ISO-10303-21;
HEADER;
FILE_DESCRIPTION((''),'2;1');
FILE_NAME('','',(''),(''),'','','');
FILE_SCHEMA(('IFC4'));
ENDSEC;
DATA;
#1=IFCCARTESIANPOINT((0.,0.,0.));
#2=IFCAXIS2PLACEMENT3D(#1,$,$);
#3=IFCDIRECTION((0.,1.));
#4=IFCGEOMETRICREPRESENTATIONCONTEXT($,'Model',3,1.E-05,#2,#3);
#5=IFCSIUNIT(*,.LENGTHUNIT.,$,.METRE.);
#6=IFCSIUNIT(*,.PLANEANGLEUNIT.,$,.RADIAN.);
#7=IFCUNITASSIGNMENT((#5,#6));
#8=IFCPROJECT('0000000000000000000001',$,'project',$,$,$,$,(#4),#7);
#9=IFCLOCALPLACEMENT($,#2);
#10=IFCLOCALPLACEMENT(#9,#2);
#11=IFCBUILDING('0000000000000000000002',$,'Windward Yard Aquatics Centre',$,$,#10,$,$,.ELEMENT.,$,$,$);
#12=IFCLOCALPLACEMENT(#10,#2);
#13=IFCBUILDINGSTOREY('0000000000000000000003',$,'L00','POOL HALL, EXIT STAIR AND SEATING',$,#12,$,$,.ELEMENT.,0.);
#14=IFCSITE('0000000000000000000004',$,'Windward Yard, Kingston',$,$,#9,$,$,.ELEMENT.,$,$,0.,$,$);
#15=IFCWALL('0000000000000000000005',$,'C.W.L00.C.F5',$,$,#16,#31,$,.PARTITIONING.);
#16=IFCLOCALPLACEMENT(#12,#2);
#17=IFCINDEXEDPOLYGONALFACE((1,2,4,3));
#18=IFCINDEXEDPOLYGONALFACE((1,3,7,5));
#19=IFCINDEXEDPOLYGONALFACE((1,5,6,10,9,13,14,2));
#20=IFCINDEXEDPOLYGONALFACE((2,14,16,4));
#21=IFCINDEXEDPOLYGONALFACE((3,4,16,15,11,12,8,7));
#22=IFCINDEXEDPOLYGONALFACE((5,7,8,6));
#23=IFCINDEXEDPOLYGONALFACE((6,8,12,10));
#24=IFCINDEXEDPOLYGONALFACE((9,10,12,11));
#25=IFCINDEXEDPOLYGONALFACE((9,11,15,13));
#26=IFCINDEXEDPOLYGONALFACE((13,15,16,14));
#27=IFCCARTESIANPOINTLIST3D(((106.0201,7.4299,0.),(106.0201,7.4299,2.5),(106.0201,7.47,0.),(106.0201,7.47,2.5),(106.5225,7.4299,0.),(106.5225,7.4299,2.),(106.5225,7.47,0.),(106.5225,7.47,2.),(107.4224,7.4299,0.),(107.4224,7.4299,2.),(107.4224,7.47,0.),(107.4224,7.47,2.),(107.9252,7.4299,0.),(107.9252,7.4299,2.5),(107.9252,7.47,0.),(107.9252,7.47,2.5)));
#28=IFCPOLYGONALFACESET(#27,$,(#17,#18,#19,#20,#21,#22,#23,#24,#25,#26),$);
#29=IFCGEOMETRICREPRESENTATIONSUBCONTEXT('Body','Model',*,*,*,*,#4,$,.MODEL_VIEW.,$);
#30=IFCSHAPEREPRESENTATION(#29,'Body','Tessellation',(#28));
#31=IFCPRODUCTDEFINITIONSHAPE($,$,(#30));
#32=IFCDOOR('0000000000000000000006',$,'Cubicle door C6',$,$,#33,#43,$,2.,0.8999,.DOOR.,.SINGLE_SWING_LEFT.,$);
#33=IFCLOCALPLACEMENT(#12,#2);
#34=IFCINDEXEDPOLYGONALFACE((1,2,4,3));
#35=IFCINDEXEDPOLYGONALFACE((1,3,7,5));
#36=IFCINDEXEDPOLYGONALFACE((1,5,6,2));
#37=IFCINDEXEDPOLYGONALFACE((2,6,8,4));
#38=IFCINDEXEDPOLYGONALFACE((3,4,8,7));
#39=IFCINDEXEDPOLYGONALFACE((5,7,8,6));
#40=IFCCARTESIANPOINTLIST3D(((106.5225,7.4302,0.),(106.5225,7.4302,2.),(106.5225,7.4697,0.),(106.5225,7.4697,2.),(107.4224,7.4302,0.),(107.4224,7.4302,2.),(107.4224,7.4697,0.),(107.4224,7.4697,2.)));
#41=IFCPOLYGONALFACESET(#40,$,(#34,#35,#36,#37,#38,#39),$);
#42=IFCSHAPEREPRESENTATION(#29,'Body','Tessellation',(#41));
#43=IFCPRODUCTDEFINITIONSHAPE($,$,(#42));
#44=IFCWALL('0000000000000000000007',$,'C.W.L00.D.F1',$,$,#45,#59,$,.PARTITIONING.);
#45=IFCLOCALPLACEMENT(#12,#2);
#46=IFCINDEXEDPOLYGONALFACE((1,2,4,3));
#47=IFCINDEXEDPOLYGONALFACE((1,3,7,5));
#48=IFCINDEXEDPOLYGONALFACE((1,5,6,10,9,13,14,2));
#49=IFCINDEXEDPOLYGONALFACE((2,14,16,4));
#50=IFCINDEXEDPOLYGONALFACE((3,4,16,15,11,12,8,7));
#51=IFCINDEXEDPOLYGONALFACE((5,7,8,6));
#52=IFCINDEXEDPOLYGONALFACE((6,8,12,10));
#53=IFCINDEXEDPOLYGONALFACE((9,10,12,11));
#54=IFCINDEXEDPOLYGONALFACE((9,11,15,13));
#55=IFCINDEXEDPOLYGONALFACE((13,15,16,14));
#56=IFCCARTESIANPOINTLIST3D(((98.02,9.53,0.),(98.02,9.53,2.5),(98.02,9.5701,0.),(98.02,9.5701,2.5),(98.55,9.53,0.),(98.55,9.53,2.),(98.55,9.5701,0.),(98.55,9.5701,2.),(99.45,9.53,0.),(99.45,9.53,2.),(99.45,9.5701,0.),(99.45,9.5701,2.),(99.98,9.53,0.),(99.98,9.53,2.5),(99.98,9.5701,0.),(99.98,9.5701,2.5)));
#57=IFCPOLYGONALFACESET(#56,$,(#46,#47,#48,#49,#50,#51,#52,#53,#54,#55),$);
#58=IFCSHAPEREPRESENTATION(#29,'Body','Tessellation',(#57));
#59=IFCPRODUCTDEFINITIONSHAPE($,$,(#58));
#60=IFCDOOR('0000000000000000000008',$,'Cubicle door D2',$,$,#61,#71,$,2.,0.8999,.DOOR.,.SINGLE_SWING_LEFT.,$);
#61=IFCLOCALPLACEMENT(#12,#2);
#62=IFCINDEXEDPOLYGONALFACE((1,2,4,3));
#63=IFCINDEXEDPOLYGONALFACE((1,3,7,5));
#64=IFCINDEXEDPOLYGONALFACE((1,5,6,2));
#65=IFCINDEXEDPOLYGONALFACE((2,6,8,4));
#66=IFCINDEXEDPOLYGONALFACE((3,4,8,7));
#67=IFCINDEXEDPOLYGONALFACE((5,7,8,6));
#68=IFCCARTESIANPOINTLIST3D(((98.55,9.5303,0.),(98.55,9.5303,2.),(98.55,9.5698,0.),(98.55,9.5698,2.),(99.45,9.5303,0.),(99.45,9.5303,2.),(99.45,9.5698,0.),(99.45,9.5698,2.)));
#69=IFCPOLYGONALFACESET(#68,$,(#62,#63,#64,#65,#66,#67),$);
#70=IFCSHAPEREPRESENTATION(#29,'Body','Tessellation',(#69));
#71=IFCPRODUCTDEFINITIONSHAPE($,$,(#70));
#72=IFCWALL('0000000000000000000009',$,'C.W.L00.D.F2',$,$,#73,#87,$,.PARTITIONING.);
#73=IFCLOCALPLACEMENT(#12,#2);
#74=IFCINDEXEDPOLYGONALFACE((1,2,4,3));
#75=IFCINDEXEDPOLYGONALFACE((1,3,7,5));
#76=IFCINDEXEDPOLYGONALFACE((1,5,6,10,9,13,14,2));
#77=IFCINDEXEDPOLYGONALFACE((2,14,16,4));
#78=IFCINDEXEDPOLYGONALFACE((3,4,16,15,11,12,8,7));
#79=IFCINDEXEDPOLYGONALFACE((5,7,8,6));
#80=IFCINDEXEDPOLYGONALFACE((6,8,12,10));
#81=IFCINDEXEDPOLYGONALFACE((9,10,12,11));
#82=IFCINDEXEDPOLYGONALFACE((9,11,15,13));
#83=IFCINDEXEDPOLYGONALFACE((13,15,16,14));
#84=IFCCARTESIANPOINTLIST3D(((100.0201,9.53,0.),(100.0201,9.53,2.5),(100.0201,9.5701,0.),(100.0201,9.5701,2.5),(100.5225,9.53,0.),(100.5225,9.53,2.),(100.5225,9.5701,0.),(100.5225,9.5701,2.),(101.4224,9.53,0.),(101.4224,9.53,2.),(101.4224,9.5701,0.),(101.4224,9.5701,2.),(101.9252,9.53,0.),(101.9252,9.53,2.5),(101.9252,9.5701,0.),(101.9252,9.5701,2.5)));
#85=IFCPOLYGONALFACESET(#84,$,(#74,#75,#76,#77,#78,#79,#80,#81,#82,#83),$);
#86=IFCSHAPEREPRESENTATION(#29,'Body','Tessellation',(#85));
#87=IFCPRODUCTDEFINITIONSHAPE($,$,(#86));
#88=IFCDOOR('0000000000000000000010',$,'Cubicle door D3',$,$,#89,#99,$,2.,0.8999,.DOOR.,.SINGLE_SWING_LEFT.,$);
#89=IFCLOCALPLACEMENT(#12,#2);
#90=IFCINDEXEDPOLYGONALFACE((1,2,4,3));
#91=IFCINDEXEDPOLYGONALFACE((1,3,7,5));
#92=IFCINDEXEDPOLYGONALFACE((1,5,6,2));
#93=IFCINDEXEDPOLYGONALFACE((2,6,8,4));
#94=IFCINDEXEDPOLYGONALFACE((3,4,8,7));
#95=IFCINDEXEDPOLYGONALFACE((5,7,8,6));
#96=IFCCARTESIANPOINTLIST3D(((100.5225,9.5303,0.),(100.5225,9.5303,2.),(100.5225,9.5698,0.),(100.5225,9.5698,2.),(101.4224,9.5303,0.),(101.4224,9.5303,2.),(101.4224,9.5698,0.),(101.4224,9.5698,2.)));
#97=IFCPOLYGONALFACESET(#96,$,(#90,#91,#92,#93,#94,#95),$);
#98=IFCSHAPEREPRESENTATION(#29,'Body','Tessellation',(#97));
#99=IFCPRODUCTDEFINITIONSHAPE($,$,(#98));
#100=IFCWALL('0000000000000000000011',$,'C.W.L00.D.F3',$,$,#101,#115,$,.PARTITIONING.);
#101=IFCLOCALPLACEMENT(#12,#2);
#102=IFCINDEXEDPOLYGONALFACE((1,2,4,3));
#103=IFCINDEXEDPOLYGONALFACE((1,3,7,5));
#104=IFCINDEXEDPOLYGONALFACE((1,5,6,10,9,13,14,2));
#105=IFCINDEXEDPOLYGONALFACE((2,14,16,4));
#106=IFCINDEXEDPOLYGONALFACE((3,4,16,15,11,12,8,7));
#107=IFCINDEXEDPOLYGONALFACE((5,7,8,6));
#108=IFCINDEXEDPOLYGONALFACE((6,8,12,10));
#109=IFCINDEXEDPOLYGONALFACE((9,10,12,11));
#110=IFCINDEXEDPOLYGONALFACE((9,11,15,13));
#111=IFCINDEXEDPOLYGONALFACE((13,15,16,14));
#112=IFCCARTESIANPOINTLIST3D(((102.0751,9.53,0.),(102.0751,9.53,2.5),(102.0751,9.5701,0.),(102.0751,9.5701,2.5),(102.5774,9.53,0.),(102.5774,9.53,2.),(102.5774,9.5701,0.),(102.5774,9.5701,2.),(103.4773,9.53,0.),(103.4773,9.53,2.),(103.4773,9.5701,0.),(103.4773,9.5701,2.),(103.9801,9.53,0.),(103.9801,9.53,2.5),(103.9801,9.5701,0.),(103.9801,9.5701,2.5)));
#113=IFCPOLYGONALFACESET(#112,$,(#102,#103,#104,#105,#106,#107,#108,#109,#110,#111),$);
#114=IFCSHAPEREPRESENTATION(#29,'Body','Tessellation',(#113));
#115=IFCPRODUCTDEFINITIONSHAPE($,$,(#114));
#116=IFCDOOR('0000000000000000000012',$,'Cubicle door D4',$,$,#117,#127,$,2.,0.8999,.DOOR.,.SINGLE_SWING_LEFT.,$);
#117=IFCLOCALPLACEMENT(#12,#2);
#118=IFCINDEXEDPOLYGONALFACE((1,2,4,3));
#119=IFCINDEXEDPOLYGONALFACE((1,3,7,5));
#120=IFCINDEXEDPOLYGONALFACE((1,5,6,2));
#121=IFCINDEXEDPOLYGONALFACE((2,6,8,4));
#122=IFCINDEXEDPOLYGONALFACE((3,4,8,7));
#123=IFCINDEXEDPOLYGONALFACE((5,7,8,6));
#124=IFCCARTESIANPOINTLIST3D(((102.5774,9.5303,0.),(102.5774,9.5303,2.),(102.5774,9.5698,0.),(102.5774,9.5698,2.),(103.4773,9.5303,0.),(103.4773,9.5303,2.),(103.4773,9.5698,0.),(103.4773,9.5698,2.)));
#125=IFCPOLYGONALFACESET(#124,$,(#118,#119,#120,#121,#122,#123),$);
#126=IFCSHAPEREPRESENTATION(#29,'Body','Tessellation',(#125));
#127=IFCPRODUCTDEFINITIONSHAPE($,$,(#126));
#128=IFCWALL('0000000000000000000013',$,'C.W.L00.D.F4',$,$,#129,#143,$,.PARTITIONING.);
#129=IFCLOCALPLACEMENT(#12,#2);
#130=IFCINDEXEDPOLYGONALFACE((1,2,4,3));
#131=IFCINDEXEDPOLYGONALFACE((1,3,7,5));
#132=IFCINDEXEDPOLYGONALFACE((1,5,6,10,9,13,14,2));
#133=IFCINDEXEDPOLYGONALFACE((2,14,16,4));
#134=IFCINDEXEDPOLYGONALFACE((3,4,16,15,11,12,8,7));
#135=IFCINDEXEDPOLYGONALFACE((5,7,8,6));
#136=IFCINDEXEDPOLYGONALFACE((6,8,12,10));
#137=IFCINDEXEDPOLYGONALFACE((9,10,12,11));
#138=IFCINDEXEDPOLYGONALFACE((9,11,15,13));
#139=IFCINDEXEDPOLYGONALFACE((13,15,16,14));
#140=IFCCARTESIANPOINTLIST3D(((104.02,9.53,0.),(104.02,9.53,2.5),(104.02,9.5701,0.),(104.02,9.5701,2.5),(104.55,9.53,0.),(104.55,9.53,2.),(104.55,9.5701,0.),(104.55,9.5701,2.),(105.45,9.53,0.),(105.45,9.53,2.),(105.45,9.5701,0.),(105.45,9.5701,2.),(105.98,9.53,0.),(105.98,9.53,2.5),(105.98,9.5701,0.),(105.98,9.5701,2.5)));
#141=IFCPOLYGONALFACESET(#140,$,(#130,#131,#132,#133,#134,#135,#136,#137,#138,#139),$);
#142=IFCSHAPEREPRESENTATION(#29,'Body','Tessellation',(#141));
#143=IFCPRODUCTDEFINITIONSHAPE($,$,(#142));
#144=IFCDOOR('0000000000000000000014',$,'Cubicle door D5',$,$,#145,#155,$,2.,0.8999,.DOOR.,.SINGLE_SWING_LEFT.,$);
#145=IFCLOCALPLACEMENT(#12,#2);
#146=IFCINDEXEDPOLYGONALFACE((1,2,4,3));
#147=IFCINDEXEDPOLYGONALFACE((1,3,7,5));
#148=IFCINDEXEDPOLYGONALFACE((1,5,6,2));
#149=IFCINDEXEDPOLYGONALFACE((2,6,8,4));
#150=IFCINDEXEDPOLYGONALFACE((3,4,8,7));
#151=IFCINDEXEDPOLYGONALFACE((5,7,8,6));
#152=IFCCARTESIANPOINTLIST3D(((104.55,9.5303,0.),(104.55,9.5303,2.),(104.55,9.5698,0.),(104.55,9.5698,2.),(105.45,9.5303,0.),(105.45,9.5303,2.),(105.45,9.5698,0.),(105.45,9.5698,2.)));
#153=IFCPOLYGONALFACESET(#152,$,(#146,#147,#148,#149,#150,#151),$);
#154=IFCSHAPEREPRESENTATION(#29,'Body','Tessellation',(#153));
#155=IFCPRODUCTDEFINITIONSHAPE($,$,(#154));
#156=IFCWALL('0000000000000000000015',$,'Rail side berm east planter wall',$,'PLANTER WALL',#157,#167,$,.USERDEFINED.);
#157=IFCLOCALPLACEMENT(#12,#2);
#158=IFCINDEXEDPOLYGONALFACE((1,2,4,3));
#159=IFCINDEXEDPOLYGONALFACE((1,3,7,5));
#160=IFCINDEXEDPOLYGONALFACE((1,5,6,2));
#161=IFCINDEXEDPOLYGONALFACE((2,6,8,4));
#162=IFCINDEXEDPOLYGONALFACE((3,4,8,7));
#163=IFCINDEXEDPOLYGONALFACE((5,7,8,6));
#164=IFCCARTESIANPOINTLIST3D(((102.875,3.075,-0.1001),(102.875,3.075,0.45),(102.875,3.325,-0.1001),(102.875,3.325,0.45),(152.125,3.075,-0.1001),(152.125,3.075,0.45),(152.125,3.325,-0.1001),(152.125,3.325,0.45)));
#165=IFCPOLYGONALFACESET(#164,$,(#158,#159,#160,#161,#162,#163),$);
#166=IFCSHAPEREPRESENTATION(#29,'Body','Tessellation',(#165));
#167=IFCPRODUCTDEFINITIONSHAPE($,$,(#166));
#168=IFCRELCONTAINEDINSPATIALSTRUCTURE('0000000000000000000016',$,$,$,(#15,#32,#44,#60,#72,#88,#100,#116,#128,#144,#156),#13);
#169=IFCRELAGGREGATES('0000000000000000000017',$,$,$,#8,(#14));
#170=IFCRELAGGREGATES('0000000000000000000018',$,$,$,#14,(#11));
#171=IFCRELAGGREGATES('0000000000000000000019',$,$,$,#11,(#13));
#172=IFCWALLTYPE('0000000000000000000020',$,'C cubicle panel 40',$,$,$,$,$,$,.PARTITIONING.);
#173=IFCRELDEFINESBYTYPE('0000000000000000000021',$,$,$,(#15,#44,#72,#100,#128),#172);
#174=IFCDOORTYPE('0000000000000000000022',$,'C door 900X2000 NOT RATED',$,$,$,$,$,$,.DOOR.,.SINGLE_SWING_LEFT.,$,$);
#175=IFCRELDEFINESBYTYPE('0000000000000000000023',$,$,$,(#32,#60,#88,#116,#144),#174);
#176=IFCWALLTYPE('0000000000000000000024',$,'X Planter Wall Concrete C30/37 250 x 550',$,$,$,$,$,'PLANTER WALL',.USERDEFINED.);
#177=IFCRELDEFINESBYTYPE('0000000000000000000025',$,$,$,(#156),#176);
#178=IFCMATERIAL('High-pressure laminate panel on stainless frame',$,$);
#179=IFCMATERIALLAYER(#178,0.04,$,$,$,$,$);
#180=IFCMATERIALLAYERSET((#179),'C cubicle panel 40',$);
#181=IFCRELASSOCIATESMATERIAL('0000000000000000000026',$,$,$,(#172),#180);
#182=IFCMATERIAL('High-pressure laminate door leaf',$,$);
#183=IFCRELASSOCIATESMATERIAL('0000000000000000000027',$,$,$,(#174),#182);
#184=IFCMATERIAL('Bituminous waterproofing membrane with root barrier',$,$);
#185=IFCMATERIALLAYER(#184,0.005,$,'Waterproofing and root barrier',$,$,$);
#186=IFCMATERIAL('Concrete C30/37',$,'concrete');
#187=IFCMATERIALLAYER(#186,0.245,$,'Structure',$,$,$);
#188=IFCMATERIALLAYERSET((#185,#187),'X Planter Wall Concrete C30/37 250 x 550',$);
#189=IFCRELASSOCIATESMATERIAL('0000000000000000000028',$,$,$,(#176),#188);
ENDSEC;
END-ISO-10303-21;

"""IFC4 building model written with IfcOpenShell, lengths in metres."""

from ifc_helpers import new_model, si_unit, direction, frame, frame_2d, origin, place, context, subcontext, project, spatial, rectangle, extrude, material, layer, layer_set, type_object, element, fill, save


model = new_model("IFC4")

# Units and contexts
model_context = context("Model", 3, precision=1e-05, world=origin(), true_north=direction((0.0, 1.0)))
body_context = subcontext(model_context, "Body", "Model", "MODEL_VIEW")
ifc_project = project(units=[si_unit("LENGTHUNIT", "METRE"), si_unit("PLANEANGLEUNIT", "RADIAN")], contexts=[model_context])

# Site, building, storey
site_placement = place(None, origin())
site = spatial("IfcSite", under=ifc_project, at=site_placement, Name="Windward Yard, Kingston", CompositionType="ELEMENT", RefElevation=0.0)
building_placement = place(site_placement, origin())
building = spatial("IfcBuilding", under=site, at=building_placement, Name="Windward Yard Aquatics Centre", CompositionType="ELEMENT")
storey_placement = place(building_placement, origin())
storey = spatial("IfcBuildingStorey", under=building, at=storey_placement, Name="L00", Description="POOL HALL, EXIT STAIR AND SEATING", CompositionType="ELEMENT", Elevation=0.0)

# Shared definitions
ifc_material_1 = material(Name="High-pressure laminate panel on stainless frame")
ifc_layer_1 = layer(ifc_material_1, 0.04)
ifc_layer_set_1 = layer_set([ifc_layer_1], Name="C cubicle panel 40")
wall_type_1 = type_object("IfcWallType", Name="C cubicle panel 40", PredefinedType="PARTITIONING", material=ifc_layer_set_1)

# Walls, openings, doors
ifc_material_2 = material(Name="High-pressure laminate door leaf")
door_type = type_object("IfcDoorType", Name="C door 900X2000 NOT RATED", OperationType="SINGLE_SWING_LEFT", PredefinedType="DOOR", material=ifc_material_2)
wall_1_placement = place(storey_placement, frame((106.02, 7.45, 0.0), z_axis=(0.0, 0.0, 1.0), x_axis=(1.0, 0.0, 0.0)))
wall_1 = element("IfcWall", 1, at=wall_1_placement, inside=storey, type_object=wall_type_1, Name="C.W.L00.C.F5", PredefinedType="PARTITIONING", context=body_context, shape_type="SweptSolid", body=[
    extrude(rectangle(XDim=1.905, YDim=0.04, at=frame_2d((0.9526, 0.0))), origin(), (0.0, 0.0, 1.0), 2.5),
])
opening_1_placement = place(wall_1_placement, frame((0.5024, 0.0, 0.0)))
opening_1 = element("IfcOpeningElement", 2, at=opening_1_placement, cuts=wall_1, PredefinedType="OPENING", context=body_context, shape_type="SweptSolid", body=[
    extrude(rectangle(XDim=0.8999, YDim=2.0, at=frame_2d((0.45, 1.0))), frame((0.0, 0.03, 0.0), z_axis=(0.0, -1.0, 0.0), x_axis=(1.0, 0.0, 0.0)), (0.0, 0.0, 1.0), 0.0601),
])
door_1_placement = place(opening_1_placement, origin())
door_1 = element("IfcDoor", 3, at=door_1_placement, inside=storey, type_object=door_type, Name="Cubicle door C6", OperationType="SINGLE_SWING_LEFT", OverallHeight=2.0, OverallWidth=0.8999, PredefinedType="DOOR", context=body_context, shape_type="SweptSolid", body=[
    extrude(rectangle(XDim=0.8999, YDim=2.0, at=frame_2d((0.45, 1.0))), frame((0.0, 0.0198, 0.0), z_axis=(0.0, -1.0, 0.0), x_axis=(1.0, 0.0, 0.0)), (0.0, 0.0, 1.0), 0.0396),
])
fill(opening_1, door_1)
wall_2_placement = place(storey_placement, frame((98.02, 9.55, 0.0), z_axis=(0.0, 0.0, 1.0), x_axis=(1.0, 0.0, 0.0)))
wall_2 = element("IfcWall", 4, at=wall_2_placement, inside=storey, type_object=wall_type_1, Name="C.W.L00.D.F1", PredefinedType="PARTITIONING", context=body_context, shape_type="SweptSolid", body=[
    extrude(rectangle(XDim=1.96, YDim=0.04, at=frame_2d((0.98, 0.0))), origin(), (0.0, 0.0, 1.0), 2.5),
])
opening_2_placement = place(wall_2_placement, frame((0.53, 0.0, 0.0)))
opening_2 = element("IfcOpeningElement", 5, at=opening_2_placement, cuts=wall_2, PredefinedType="OPENING", context=body_context, shape_type="SweptSolid", body=[
    extrude(rectangle(XDim=0.8999, YDim=2.0, at=frame_2d((0.45, 1.0))), frame((0.0, 0.03, 0.0), z_axis=(0.0, -1.0, 0.0), x_axis=(1.0, 0.0, 0.0)), (0.0, 0.0, 1.0), 0.0601),
])
door_2_placement = place(opening_2_placement, origin())
door_2 = element("IfcDoor", 6, at=door_2_placement, inside=storey, type_object=door_type, Name="Cubicle door D2", OperationType="SINGLE_SWING_LEFT", OverallHeight=2.0, OverallWidth=0.8999, PredefinedType="DOOR", context=body_context, shape_type="SweptSolid", body=[
    extrude(rectangle(XDim=0.8999, YDim=2.0, at=frame_2d((0.45, 1.0))), frame((0.0, 0.0198, 0.0), z_axis=(0.0, -1.0, 0.0), x_axis=(1.0, 0.0, 0.0)), (0.0, 0.0, 1.0), 0.0396),
])
fill(opening_2, door_2)
wall_3_placement = place(storey_placement, frame((100.02, 9.55, 0.0), z_axis=(0.0, 0.0, 1.0), x_axis=(1.0, 0.0, 0.0)))
wall_3 = element("IfcWall", 7, at=wall_3_placement, inside=storey, type_object=wall_type_1, Name="C.W.L00.D.F2", PredefinedType="PARTITIONING", context=body_context, shape_type="SweptSolid", body=[
    extrude(rectangle(XDim=1.905, YDim=0.04, at=frame_2d((0.9526, 0.0))), origin(), (0.0, 0.0, 1.0), 2.5),
])
opening_3_placement = place(wall_3_placement, frame((0.5024, 0.0, 0.0)))
opening_3 = element("IfcOpeningElement", 8, at=opening_3_placement, cuts=wall_3, PredefinedType="OPENING", context=body_context, shape_type="SweptSolid", body=[
    extrude(rectangle(XDim=0.8999, YDim=2.0, at=frame_2d((0.45, 1.0))), frame((0.0, 0.03, 0.0), z_axis=(0.0, -1.0, 0.0), x_axis=(1.0, 0.0, 0.0)), (0.0, 0.0, 1.0), 0.0601),
])
door_3_placement = place(opening_3_placement, origin())
door_3 = element("IfcDoor", 9, at=door_3_placement, inside=storey, type_object=door_type, Name="Cubicle door D3", OperationType="SINGLE_SWING_LEFT", OverallHeight=2.0, OverallWidth=0.8999, PredefinedType="DOOR", context=body_context, shape_type="SweptSolid", body=[
    extrude(rectangle(XDim=0.8999, YDim=2.0, at=frame_2d((0.45, 1.0))), frame((0.0, 0.0198, 0.0), z_axis=(0.0, -1.0, 0.0), x_axis=(1.0, 0.0, 0.0)), (0.0, 0.0, 1.0), 0.0396),
])
fill(opening_3, door_3)
wall_4_placement = place(storey_placement, frame((102.075, 9.55, 0.0), z_axis=(0.0, 0.0, 1.0), x_axis=(1.0, 0.0, 0.0)))
wall_4 = element("IfcWall", 10, at=wall_4_placement, inside=storey, type_object=wall_type_1, Name="C.W.L00.D.F3", PredefinedType="PARTITIONING", context=body_context, shape_type="SweptSolid", body=[
    extrude(rectangle(XDim=1.905, YDim=0.04, at=frame_2d((0.9526, 0.0))), origin(), (0.0, 0.0, 1.0), 2.5),
])
opening_4_placement = place(wall_4_placement, frame((0.5024, 0.0, 0.0)))
opening_4 = element("IfcOpeningElement", 11, at=opening_4_placement, cuts=wall_4, PredefinedType="OPENING", context=body_context, shape_type="SweptSolid", body=[
    extrude(rectangle(XDim=0.8999, YDim=2.0, at=frame_2d((0.45, 1.0))), frame((0.0, 0.03, 0.0), z_axis=(0.0, -1.0, 0.0), x_axis=(1.0, 0.0, 0.0)), (0.0, 0.0, 1.0), 0.0601),
])
door_4_placement = place(opening_4_placement, origin())
door_4 = element("IfcDoor", 12, at=door_4_placement, inside=storey, type_object=door_type, Name="Cubicle door D4", OperationType="SINGLE_SWING_LEFT", OverallHeight=2.0, OverallWidth=0.8999, PredefinedType="DOOR", context=body_context, shape_type="SweptSolid", body=[
    extrude(rectangle(XDim=0.8999, YDim=2.0, at=frame_2d((0.45, 1.0))), frame((0.0, 0.0198, 0.0), z_axis=(0.0, -1.0, 0.0), x_axis=(1.0, 0.0, 0.0)), (0.0, 0.0, 1.0), 0.0396),
])
fill(opening_4, door_4)
wall_5_placement = place(storey_placement, frame((104.02, 9.55, 0.0), z_axis=(0.0, 0.0, 1.0), x_axis=(1.0, 0.0, 0.0)))
wall_5 = element("IfcWall", 13, at=wall_5_placement, inside=storey, type_object=wall_type_1, Name="C.W.L00.D.F4", PredefinedType="PARTITIONING", context=body_context, shape_type="SweptSolid", body=[
    extrude(rectangle(XDim=1.96, YDim=0.04, at=frame_2d((0.98, 0.0))), origin(), (0.0, 0.0, 1.0), 2.5),
])
opening_5_placement = place(wall_5_placement, frame((0.53, 0.0, 0.0)))
opening_5 = element("IfcOpeningElement", 14, at=opening_5_placement, cuts=wall_5, PredefinedType="OPENING", context=body_context, shape_type="SweptSolid", body=[
    extrude(rectangle(XDim=0.8999, YDim=2.0, at=frame_2d((0.45, 1.0))), frame((0.0, 0.03, 0.0), z_axis=(0.0, -1.0, 0.0), x_axis=(1.0, 0.0, 0.0)), (0.0, 0.0, 1.0), 0.0601),
])
door_5_placement = place(opening_5_placement, origin())
door_5 = element("IfcDoor", 15, at=door_5_placement, inside=storey, type_object=door_type, Name="Cubicle door D5", OperationType="SINGLE_SWING_LEFT", OverallHeight=2.0, OverallWidth=0.8999, PredefinedType="DOOR", context=body_context, shape_type="SweptSolid", body=[
    extrude(rectangle(XDim=0.8999, YDim=2.0, at=frame_2d((0.45, 1.0))), frame((0.0, 0.0198, 0.0), z_axis=(0.0, -1.0, 0.0), x_axis=(1.0, 0.0, 0.0)), (0.0, 0.0, 1.0), 0.0396),
])
fill(opening_5, door_5)

# Wall
ifc_material_3 = material(Name="Bituminous waterproofing membrane with root barrier")
ifc_layer_2 = layer(ifc_material_3, 0.005, Name="Waterproofing and root barrier")
ifc_material_4 = material(Name="Concrete C30/37", Category="concrete")
ifc_layer_3 = layer(ifc_material_4, 0.245, Name="Structure")
ifc_layer_set_2 = layer_set([ifc_layer_2, ifc_layer_3], Name="X Planter Wall Concrete C30/37 250 x 550")
wall_type_2 = type_object("IfcWallType", Name="X Planter Wall Concrete C30/37 250 x 550", ElementType="PLANTER WALL", PredefinedType="USERDEFINED", material=ifc_layer_set_2)
wall_6_placement = place(storey_placement, frame((102.875, 3.2, -0.1001), z_axis=(0.0, 0.0, 1.0), x_axis=(1.0, 0.0, 0.0)))
element("IfcWall", 16, at=wall_6_placement, inside=storey, type_object=wall_type_2, Name="Rail side berm east planter wall", ObjectType="PLANTER WALL", PredefinedType="USERDEFINED", context=body_context, shape_type="SweptSolid", body=[
    extrude(rectangle(XDim=49.25, YDim=0.25, at=frame_2d((24.625, 0.0))), origin(), (0.0, 0.0, 1.0), 0.55),
])

save(model, "model.ifc")
